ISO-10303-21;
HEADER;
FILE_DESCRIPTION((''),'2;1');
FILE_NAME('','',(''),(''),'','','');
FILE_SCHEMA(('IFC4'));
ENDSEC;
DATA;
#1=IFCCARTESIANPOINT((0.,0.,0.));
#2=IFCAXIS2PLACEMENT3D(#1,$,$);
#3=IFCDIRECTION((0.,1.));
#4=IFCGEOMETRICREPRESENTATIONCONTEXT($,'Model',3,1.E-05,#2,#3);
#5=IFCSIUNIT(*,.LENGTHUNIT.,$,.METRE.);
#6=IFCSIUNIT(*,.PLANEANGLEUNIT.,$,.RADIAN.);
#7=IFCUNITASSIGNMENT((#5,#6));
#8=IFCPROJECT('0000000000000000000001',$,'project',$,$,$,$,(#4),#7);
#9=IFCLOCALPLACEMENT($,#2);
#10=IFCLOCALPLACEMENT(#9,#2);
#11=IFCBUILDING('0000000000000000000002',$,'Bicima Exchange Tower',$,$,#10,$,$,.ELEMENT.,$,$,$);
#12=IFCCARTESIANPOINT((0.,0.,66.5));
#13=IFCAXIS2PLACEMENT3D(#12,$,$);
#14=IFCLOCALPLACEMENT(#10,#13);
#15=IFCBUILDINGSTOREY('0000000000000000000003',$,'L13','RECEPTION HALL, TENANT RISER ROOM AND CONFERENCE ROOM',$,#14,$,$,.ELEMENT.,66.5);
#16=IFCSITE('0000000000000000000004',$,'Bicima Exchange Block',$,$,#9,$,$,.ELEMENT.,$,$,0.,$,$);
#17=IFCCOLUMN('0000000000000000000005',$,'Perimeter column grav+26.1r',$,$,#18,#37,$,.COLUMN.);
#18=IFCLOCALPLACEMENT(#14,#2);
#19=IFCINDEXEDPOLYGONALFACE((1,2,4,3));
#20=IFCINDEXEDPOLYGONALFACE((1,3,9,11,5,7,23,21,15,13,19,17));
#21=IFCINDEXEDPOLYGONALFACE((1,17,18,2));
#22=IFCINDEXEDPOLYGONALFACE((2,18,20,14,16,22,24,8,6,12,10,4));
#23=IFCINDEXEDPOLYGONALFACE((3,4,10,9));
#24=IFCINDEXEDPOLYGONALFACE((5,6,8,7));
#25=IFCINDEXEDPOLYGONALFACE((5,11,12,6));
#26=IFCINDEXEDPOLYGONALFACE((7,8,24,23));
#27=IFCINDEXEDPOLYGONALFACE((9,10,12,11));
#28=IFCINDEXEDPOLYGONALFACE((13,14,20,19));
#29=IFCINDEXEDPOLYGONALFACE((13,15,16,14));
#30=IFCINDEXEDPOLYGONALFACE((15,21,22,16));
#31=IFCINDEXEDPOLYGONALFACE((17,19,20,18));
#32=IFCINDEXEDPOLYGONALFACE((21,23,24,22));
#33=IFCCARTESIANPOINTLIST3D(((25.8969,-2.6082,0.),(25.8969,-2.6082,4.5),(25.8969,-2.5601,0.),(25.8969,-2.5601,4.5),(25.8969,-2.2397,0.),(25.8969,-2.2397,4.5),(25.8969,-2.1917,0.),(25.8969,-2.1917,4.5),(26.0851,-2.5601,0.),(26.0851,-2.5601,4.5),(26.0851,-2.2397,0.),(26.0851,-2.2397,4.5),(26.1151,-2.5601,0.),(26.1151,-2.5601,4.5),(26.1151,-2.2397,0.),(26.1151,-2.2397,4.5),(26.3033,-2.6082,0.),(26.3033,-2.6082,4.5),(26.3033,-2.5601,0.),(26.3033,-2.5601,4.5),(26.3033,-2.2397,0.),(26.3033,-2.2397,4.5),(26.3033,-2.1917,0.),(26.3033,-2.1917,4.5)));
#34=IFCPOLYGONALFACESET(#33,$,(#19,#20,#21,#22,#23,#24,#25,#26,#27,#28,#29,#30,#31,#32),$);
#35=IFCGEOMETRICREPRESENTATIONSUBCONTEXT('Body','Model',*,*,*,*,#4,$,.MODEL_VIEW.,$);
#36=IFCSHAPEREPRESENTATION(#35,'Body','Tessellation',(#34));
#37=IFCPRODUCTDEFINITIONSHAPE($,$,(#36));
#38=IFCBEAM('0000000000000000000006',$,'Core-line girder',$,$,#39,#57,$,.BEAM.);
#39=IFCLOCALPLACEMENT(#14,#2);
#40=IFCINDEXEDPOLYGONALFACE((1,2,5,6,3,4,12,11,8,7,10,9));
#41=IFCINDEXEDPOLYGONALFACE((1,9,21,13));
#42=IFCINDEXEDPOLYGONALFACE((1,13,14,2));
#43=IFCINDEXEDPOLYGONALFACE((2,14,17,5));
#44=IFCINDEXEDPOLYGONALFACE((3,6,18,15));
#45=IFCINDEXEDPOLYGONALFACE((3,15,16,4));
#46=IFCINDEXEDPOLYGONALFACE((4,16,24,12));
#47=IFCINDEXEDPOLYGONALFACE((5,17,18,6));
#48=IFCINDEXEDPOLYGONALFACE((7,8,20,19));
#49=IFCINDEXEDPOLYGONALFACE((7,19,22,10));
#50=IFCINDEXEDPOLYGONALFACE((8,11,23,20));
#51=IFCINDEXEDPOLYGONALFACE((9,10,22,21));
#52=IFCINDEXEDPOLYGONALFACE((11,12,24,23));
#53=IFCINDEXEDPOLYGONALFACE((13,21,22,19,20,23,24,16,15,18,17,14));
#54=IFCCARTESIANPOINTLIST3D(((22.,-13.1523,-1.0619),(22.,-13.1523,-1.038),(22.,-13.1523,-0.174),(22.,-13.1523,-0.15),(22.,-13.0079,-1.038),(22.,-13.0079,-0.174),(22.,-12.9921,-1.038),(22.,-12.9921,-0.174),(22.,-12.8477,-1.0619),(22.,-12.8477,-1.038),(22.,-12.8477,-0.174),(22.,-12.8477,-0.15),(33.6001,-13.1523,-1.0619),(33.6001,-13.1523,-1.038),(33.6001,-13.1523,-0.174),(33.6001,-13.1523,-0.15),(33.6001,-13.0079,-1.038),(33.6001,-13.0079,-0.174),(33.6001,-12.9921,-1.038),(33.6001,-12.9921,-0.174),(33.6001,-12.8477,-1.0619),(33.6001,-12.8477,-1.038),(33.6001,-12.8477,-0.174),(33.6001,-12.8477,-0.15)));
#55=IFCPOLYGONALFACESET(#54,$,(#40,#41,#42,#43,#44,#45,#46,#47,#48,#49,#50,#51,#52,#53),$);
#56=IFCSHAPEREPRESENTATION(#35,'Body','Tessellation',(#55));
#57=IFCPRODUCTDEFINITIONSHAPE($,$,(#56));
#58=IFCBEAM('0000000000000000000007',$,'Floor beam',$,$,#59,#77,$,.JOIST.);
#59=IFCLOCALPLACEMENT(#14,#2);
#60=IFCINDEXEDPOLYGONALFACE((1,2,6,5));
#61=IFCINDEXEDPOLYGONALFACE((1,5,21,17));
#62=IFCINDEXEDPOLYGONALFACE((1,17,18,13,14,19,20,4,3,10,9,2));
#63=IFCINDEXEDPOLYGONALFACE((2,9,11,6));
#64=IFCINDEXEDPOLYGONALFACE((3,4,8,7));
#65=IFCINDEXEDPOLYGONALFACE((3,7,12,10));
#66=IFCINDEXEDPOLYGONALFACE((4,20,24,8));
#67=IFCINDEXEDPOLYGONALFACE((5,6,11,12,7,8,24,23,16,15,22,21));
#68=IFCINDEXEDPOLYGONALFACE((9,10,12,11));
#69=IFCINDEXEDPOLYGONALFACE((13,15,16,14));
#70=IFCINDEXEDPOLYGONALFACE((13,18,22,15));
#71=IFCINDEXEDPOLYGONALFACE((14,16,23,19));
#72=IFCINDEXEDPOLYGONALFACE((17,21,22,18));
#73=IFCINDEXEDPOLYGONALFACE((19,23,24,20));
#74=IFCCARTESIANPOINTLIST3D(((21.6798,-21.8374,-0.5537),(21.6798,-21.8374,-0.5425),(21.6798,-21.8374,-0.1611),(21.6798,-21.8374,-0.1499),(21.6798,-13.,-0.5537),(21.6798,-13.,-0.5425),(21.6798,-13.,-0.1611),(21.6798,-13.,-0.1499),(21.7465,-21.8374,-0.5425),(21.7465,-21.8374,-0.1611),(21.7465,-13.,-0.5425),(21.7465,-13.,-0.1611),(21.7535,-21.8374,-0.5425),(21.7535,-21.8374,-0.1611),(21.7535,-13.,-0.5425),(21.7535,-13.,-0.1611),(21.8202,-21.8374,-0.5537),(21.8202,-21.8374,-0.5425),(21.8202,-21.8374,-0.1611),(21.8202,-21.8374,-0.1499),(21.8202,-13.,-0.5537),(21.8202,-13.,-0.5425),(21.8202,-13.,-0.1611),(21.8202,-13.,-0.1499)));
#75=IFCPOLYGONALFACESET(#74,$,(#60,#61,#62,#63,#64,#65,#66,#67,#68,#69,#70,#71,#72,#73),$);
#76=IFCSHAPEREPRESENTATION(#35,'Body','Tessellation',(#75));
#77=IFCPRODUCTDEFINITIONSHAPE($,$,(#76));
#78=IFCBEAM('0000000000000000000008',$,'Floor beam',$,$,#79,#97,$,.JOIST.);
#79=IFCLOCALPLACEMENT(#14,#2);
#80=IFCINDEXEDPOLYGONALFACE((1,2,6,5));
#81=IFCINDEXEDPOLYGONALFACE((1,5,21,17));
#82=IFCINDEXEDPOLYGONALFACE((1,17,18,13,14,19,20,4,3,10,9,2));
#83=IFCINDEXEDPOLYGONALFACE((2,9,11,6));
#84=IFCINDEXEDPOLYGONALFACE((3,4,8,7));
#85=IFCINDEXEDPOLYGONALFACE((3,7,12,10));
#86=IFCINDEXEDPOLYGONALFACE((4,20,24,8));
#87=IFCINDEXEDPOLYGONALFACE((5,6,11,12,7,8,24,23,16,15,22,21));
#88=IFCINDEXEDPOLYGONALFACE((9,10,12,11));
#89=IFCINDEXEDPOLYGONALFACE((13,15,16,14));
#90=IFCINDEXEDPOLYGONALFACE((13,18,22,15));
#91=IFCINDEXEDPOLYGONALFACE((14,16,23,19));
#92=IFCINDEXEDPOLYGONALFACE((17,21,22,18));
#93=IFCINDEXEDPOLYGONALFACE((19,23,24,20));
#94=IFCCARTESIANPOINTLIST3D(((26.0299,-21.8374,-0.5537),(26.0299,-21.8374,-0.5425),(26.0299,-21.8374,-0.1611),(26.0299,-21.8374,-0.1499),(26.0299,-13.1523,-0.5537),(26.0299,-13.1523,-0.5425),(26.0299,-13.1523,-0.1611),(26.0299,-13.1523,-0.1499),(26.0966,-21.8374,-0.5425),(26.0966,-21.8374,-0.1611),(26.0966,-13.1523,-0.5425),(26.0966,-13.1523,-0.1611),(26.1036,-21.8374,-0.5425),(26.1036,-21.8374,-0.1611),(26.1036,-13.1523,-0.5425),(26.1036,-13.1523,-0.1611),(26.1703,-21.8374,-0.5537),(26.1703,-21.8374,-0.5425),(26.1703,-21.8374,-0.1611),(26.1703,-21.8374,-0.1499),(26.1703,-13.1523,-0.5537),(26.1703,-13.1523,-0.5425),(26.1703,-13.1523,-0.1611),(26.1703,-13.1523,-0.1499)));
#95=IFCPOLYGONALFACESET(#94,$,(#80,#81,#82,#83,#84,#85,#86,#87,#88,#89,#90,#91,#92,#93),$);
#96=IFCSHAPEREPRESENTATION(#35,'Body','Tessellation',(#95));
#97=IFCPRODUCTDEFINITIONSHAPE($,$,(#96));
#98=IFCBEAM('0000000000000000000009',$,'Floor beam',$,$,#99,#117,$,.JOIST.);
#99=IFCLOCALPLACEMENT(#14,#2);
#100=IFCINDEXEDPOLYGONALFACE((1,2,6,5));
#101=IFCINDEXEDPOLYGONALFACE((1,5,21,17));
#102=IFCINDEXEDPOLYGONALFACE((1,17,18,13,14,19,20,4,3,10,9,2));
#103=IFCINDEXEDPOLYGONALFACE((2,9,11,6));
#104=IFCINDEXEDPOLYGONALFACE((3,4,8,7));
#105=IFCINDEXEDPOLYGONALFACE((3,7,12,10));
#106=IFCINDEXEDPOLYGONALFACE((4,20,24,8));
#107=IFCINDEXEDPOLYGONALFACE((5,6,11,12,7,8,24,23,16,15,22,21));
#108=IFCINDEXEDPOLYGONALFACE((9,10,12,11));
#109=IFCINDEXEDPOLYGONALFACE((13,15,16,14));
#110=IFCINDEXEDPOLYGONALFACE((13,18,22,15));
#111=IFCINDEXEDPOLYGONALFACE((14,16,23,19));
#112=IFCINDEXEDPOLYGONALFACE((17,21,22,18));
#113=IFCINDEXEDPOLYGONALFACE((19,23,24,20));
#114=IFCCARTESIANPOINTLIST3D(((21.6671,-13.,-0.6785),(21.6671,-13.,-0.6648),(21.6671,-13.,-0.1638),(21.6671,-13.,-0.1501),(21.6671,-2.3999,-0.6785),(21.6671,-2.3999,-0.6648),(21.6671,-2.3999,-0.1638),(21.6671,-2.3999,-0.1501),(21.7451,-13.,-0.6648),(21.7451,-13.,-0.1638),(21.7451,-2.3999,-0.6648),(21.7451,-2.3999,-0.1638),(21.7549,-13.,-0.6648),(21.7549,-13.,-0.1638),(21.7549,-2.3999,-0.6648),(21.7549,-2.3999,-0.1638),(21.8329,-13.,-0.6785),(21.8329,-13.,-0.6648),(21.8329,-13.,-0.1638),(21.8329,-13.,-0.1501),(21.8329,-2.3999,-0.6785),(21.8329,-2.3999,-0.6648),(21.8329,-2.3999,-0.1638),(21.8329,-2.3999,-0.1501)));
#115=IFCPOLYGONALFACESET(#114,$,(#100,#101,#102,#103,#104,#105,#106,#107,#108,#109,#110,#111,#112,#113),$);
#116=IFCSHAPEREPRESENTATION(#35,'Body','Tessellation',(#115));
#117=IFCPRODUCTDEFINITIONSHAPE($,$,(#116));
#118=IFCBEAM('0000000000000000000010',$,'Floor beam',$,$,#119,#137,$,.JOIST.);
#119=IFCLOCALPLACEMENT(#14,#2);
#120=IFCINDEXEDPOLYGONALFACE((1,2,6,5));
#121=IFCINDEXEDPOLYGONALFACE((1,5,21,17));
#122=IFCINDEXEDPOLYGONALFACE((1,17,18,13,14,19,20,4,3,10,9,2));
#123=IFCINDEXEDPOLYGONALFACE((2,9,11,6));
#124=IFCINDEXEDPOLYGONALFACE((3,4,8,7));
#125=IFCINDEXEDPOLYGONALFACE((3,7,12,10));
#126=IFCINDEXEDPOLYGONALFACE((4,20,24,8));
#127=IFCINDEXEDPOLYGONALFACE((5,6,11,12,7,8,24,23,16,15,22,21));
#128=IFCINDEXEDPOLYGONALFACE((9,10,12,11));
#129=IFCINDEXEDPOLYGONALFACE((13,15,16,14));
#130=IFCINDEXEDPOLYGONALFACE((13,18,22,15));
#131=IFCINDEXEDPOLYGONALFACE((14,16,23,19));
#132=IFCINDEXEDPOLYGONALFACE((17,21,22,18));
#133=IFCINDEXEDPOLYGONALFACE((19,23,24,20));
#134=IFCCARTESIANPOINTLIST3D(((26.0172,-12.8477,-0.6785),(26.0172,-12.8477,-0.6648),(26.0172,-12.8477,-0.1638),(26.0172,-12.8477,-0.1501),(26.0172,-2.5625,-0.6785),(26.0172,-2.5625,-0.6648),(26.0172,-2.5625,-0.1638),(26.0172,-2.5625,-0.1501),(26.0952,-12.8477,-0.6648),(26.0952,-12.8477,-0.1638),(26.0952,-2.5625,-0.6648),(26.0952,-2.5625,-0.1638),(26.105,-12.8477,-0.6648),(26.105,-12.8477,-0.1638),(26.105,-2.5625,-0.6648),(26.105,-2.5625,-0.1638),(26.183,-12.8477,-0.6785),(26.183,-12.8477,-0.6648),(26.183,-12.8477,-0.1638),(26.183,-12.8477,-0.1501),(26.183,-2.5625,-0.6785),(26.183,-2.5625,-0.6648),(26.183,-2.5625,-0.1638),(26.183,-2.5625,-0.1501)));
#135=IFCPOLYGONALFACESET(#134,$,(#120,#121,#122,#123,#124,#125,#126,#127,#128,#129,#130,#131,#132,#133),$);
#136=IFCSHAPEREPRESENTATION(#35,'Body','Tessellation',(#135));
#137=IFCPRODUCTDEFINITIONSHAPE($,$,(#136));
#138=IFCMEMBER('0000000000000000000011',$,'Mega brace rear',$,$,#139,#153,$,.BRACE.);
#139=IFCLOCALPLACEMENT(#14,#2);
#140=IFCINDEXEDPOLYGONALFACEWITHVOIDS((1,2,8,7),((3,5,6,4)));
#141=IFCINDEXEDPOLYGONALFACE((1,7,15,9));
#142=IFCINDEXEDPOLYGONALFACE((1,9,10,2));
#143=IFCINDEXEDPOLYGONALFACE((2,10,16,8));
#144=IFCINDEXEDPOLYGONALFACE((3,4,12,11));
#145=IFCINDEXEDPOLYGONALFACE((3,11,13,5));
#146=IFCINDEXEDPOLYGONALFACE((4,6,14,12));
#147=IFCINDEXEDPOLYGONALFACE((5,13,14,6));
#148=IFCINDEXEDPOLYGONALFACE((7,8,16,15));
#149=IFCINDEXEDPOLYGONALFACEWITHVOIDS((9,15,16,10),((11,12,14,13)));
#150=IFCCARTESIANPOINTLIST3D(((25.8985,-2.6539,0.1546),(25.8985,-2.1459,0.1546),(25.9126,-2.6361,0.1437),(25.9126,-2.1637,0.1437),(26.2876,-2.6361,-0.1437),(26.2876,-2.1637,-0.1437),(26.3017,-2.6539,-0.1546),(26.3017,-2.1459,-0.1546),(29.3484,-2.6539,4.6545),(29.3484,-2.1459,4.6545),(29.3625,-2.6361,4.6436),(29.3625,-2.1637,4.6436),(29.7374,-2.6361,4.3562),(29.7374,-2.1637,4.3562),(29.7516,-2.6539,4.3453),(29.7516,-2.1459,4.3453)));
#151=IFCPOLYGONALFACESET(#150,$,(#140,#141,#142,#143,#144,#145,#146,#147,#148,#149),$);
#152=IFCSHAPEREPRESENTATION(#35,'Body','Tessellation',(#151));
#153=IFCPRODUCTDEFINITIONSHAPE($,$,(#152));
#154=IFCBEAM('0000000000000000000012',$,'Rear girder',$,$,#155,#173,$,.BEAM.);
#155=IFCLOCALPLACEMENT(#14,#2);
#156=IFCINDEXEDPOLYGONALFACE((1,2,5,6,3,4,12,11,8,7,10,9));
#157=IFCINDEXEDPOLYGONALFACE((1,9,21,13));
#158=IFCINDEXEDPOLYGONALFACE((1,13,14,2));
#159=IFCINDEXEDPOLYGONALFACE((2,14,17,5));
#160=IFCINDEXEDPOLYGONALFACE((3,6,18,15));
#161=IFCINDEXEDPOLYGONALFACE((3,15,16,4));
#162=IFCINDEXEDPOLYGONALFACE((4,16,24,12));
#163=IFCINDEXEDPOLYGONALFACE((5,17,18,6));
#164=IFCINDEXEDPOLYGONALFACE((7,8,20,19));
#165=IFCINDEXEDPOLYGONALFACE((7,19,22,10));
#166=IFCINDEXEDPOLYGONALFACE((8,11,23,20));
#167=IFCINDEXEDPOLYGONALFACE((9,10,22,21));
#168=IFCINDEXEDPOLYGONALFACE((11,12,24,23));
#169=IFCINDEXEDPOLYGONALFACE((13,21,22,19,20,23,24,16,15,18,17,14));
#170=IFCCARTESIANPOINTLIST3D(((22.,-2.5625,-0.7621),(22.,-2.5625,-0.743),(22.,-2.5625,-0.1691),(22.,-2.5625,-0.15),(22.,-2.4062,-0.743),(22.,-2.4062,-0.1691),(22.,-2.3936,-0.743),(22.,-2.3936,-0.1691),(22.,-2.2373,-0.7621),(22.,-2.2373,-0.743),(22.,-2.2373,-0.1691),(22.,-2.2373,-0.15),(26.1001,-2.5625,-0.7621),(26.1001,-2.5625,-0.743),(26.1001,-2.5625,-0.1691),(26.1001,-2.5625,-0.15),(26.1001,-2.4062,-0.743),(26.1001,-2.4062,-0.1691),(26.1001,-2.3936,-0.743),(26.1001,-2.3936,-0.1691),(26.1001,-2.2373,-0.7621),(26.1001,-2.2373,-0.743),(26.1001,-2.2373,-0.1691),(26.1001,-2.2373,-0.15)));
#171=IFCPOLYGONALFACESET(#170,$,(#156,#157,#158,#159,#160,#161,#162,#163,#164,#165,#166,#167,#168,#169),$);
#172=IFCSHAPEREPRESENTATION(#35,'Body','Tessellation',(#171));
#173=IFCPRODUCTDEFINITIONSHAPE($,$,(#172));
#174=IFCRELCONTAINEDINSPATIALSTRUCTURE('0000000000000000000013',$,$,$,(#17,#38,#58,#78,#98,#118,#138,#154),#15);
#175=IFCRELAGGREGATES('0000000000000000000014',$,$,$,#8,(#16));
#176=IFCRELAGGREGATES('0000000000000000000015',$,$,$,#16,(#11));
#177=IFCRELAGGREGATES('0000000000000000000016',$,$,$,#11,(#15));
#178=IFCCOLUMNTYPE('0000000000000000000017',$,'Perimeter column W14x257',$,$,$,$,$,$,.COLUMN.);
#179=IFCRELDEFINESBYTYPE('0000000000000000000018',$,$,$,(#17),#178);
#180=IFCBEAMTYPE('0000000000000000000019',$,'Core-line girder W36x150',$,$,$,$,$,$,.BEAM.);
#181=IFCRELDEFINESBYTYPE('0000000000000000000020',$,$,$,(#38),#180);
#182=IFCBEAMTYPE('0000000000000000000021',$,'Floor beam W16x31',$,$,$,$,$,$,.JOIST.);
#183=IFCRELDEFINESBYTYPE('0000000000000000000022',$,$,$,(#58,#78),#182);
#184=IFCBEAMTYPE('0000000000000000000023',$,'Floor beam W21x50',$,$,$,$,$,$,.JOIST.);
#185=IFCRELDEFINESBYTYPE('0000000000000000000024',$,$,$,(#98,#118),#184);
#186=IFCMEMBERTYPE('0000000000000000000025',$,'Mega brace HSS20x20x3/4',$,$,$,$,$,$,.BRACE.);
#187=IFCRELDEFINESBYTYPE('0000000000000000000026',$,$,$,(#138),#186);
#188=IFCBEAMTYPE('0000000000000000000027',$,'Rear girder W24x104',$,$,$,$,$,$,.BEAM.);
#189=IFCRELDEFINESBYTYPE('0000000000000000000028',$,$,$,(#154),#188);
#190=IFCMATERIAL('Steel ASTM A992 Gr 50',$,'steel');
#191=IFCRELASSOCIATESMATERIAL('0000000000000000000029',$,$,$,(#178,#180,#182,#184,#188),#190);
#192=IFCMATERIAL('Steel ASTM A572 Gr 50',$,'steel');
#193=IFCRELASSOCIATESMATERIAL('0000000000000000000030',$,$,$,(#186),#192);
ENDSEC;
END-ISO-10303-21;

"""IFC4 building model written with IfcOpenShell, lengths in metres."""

from ifc_helpers import new_model, si_unit, direction, frame, origin, origin_2d, place, context, subcontext, project, spatial, hollow_rectangle, i_section, extrude, material, material_profile, profile_set, type_object, element, save


model = new_model("IFC4")

# Units and contexts
model_context = context("Model", 3, precision=1e-05, world=origin(), true_north=direction((0.0, 1.0)))
body_context = subcontext(model_context, "Body", "Model", "MODEL_VIEW")
ifc_project = project(units=[si_unit("LENGTHUNIT", "METRE"), si_unit("PLANEANGLEUNIT", "RADIAN")], contexts=[model_context])

# Site, building, storey
site_placement = place(None, origin())
site = spatial("IfcSite", under=ifc_project, at=site_placement, Name="Bicima Exchange Block", CompositionType="ELEMENT", RefElevation=0.0)
building_placement = place(site_placement, origin())
building = spatial("IfcBuilding", under=site, at=building_placement, Name="Bicima Exchange Tower", CompositionType="ELEMENT")
storey_placement = place(building_placement, frame((0.0, 0.0, 66.5)))
storey = spatial("IfcBuildingStorey", under=building, at=storey_placement, Name="L13", Description="RECEPTION HALL, TENANT RISER ROOM AND CONFERENCE ROOM", CompositionType="ELEMENT", Elevation=66.5)

# Column
ifc_material_1 = material(Name="Steel ASTM A992 Gr 50", Category="steel")
ifc_material_profile_1 = material_profile(ifc_material_1, i_section(OverallWidth=0.4065, OverallDepth=0.4165, WebThickness=0.03, FlangeThickness=0.0481, at=origin_2d()))
ifc_profile_set_1 = profile_set([ifc_material_profile_1], Name="Steel ASTM A992 Gr 50")
column_type = type_object("IfcColumnType", Name="Perimeter column W14x257", PredefinedType="COLUMN", material=ifc_profile_set_1)
column_placement = place(storey_placement, frame((26.1001, -2.3999, 0.0), z_axis=(0.0, 0.0, 1.0), x_axis=(1.0, 0.0, 0.0)))
element("IfcColumn", 1, at=column_placement, inside=storey, type_object=column_type, Name="Perimeter column grav+26.1r", PredefinedType="COLUMN", context=body_context, shape_type="SweptSolid", body=[
    extrude(i_section(OverallWidth=0.4065, OverallDepth=0.4165, WebThickness=0.03, FlangeThickness=0.0481, at=origin_2d()), origin(), (0.0, 0.0, 1.0), 4.5),
])

# Beams
ifc_material_profile_2 = material_profile(ifc_material_1, i_section(OverallWidth=0.3047, OverallDepth=0.9119, WebThickness=0.0159, FlangeThickness=0.0239, at=origin_2d()))
ifc_profile_set_2 = profile_set([ifc_material_profile_2], Name="Steel ASTM A992 Gr 50")
beam_type_1 = type_object("IfcBeamType", Name="Core-line girder W36x150", PredefinedType="BEAM", material=ifc_profile_set_2)
beam_1_placement = place(storey_placement, frame((22.0, -13.0, -0.606), z_axis=(1.0, 0.0, 0.0), x_axis=(0.0, 1.0, 0.0)))
element("IfcBeam", 2, at=beam_1_placement, inside=storey, type_object=beam_type_1, Name="Core-line girder", PredefinedType="BEAM", context=body_context, shape_type="SweptSolid", body=[
    extrude(i_section(OverallWidth=0.3047, OverallDepth=0.9119, WebThickness=0.0159, FlangeThickness=0.0239, at=origin_2d()), origin(), (0.0, 0.0, 1.0), 11.6001),
])
ifc_material_profile_3 = material_profile(ifc_material_1, i_section(OverallWidth=0.1404, OverallDepth=0.4038, WebThickness=0.0071, FlangeThickness=0.0112, at=origin_2d()))
ifc_profile_set_3 = profile_set([ifc_material_profile_3], Name="Steel ASTM A992 Gr 50")
beam_type_2 = type_object("IfcBeamType", Name="Floor beam W16x31", PredefinedType="JOIST", material=ifc_profile_set_3)
beam_2_placement = place(storey_placement, frame((21.75, -13.0, -0.3518), z_axis=(0.0, -1.0, 0.0), x_axis=(1.0, 0.0, 0.0)))
element("IfcBeam", 3, at=beam_2_placement, inside=storey, type_object=beam_type_2, Name="Floor beam", PredefinedType="JOIST", context=body_context, shape_type="SweptSolid", body=[
    extrude(i_section(OverallWidth=0.1404, OverallDepth=0.4038, WebThickness=0.0071, FlangeThickness=0.0112, at=origin_2d()), origin(), (0.0, 0.0, 1.0), 8.8374),
])
beam_3_placement = place(storey_placement, frame((26.1001, -13.1523, -0.3518), z_axis=(0.0, -1.0, 0.0), x_axis=(1.0, 0.0, 0.0)))
element("IfcBeam", 4, at=beam_3_placement, inside=storey, type_object=beam_type_2, Name="Floor beam", PredefinedType="JOIST", context=body_context, shape_type="SweptSolid", body=[
    extrude(i_section(OverallWidth=0.1404, OverallDepth=0.4038, WebThickness=0.0071, FlangeThickness=0.0112, at=origin_2d()), origin(), (0.0, 0.0, 1.0), 8.6851),
])
ifc_material_profile_4 = material_profile(ifc_material_1, i_section(OverallWidth=0.1658, OverallDepth=0.5283, WebThickness=0.0098, FlangeThickness=0.0137, at=origin_2d()))
ifc_profile_set_4 = profile_set([ifc_material_profile_4], Name="Steel ASTM A992 Gr 50")
beam_type_3 = type_object("IfcBeamType", Name="Floor beam W21x50", PredefinedType="JOIST", material=ifc_profile_set_4)
beam_4_placement = place(storey_placement, frame((21.75, -2.3999, -0.4143), z_axis=(0.0, -1.0, 0.0), x_axis=(1.0, 0.0, 0.0)))
element("IfcBeam", 5, at=beam_4_placement, inside=storey, type_object=beam_type_3, Name="Floor beam", PredefinedType="JOIST", context=body_context, shape_type="SweptSolid", body=[
    extrude(i_section(OverallWidth=0.1658, OverallDepth=0.5283, WebThickness=0.0098, FlangeThickness=0.0137, at=origin_2d()), origin(), (0.0, 0.0, 1.0), 10.6001),
])
beam_5_placement = place(storey_placement, frame((26.1001, -2.5625, -0.4143), z_axis=(0.0, -1.0, 0.0), x_axis=(1.0, 0.0, 0.0)))
element("IfcBeam", 6, at=beam_5_placement, inside=storey, type_object=beam_type_3, Name="Floor beam", PredefinedType="JOIST", context=body_context, shape_type="SweptSolid", body=[
    extrude(i_section(OverallWidth=0.1658, OverallDepth=0.5283, WebThickness=0.0098, FlangeThickness=0.0137, at=origin_2d()), origin(), (0.0, 0.0, 1.0), 10.2852),
])

# Member
ifc_material_2 = material(Name="Steel ASTM A572 Gr 50", Category="steel")
ifc_material_profile_5 = material_profile(ifc_material_2, hollow_rectangle(XDim=0.5081, YDim=0.5081, WallThickness=0.0178, at=origin_2d()))
ifc_profile_set_5 = profile_set([ifc_material_profile_5], Name="Steel ASTM A572 Gr 50")
member_type = type_object("IfcMemberType", Name="Mega brace HSS20x20x3/4", PredefinedType="BRACE", material=ifc_profile_set_5)
member_placement = place(storey_placement, frame((26.1001, -2.3999, 0.0), z_axis=(0.608426, 0.0, 0.793611), x_axis=(0.0, 1.0, 0.0)))
element("IfcMember", 7, at=member_placement, inside=storey, type_object=member_type, Name="Mega brace rear", PredefinedType="BRACE", context=body_context, shape_type="SweptSolid", body=[
    extrude(hollow_rectangle(XDim=0.5081, YDim=0.5081, WallThickness=0.0178, at=origin_2d()), origin(), (0.0, 0.0, 1.0), 5.6702),
])

# Beam
ifc_material_profile_6 = material_profile(ifc_material_1, i_section(OverallWidth=0.3252, OverallDepth=0.6121, WebThickness=0.0127, FlangeThickness=0.019, at=origin_2d()))
ifc_profile_set_6 = profile_set([ifc_material_profile_6], Name="Steel ASTM A992 Gr 50")
beam_type_4 = type_object("IfcBeamType", Name="Rear girder W24x104", PredefinedType="BEAM", material=ifc_profile_set_6)
beam_6_placement = place(storey_placement, frame((22.0, -2.3999, -0.4561), z_axis=(1.0, 0.0, 0.0), x_axis=(0.0, 1.0, 0.0)))
element("IfcBeam", 8, at=beam_6_placement, inside=storey, type_object=beam_type_4, Name="Rear girder", PredefinedType="BEAM", context=body_context, shape_type="SweptSolid", body=[
    extrude(i_section(OverallWidth=0.3252, OverallDepth=0.6121, WebThickness=0.0127, FlangeThickness=0.019, at=origin_2d()), origin(), (0.0, 0.0, 1.0), 4.1001),
])

save(model, "model.ifc")
